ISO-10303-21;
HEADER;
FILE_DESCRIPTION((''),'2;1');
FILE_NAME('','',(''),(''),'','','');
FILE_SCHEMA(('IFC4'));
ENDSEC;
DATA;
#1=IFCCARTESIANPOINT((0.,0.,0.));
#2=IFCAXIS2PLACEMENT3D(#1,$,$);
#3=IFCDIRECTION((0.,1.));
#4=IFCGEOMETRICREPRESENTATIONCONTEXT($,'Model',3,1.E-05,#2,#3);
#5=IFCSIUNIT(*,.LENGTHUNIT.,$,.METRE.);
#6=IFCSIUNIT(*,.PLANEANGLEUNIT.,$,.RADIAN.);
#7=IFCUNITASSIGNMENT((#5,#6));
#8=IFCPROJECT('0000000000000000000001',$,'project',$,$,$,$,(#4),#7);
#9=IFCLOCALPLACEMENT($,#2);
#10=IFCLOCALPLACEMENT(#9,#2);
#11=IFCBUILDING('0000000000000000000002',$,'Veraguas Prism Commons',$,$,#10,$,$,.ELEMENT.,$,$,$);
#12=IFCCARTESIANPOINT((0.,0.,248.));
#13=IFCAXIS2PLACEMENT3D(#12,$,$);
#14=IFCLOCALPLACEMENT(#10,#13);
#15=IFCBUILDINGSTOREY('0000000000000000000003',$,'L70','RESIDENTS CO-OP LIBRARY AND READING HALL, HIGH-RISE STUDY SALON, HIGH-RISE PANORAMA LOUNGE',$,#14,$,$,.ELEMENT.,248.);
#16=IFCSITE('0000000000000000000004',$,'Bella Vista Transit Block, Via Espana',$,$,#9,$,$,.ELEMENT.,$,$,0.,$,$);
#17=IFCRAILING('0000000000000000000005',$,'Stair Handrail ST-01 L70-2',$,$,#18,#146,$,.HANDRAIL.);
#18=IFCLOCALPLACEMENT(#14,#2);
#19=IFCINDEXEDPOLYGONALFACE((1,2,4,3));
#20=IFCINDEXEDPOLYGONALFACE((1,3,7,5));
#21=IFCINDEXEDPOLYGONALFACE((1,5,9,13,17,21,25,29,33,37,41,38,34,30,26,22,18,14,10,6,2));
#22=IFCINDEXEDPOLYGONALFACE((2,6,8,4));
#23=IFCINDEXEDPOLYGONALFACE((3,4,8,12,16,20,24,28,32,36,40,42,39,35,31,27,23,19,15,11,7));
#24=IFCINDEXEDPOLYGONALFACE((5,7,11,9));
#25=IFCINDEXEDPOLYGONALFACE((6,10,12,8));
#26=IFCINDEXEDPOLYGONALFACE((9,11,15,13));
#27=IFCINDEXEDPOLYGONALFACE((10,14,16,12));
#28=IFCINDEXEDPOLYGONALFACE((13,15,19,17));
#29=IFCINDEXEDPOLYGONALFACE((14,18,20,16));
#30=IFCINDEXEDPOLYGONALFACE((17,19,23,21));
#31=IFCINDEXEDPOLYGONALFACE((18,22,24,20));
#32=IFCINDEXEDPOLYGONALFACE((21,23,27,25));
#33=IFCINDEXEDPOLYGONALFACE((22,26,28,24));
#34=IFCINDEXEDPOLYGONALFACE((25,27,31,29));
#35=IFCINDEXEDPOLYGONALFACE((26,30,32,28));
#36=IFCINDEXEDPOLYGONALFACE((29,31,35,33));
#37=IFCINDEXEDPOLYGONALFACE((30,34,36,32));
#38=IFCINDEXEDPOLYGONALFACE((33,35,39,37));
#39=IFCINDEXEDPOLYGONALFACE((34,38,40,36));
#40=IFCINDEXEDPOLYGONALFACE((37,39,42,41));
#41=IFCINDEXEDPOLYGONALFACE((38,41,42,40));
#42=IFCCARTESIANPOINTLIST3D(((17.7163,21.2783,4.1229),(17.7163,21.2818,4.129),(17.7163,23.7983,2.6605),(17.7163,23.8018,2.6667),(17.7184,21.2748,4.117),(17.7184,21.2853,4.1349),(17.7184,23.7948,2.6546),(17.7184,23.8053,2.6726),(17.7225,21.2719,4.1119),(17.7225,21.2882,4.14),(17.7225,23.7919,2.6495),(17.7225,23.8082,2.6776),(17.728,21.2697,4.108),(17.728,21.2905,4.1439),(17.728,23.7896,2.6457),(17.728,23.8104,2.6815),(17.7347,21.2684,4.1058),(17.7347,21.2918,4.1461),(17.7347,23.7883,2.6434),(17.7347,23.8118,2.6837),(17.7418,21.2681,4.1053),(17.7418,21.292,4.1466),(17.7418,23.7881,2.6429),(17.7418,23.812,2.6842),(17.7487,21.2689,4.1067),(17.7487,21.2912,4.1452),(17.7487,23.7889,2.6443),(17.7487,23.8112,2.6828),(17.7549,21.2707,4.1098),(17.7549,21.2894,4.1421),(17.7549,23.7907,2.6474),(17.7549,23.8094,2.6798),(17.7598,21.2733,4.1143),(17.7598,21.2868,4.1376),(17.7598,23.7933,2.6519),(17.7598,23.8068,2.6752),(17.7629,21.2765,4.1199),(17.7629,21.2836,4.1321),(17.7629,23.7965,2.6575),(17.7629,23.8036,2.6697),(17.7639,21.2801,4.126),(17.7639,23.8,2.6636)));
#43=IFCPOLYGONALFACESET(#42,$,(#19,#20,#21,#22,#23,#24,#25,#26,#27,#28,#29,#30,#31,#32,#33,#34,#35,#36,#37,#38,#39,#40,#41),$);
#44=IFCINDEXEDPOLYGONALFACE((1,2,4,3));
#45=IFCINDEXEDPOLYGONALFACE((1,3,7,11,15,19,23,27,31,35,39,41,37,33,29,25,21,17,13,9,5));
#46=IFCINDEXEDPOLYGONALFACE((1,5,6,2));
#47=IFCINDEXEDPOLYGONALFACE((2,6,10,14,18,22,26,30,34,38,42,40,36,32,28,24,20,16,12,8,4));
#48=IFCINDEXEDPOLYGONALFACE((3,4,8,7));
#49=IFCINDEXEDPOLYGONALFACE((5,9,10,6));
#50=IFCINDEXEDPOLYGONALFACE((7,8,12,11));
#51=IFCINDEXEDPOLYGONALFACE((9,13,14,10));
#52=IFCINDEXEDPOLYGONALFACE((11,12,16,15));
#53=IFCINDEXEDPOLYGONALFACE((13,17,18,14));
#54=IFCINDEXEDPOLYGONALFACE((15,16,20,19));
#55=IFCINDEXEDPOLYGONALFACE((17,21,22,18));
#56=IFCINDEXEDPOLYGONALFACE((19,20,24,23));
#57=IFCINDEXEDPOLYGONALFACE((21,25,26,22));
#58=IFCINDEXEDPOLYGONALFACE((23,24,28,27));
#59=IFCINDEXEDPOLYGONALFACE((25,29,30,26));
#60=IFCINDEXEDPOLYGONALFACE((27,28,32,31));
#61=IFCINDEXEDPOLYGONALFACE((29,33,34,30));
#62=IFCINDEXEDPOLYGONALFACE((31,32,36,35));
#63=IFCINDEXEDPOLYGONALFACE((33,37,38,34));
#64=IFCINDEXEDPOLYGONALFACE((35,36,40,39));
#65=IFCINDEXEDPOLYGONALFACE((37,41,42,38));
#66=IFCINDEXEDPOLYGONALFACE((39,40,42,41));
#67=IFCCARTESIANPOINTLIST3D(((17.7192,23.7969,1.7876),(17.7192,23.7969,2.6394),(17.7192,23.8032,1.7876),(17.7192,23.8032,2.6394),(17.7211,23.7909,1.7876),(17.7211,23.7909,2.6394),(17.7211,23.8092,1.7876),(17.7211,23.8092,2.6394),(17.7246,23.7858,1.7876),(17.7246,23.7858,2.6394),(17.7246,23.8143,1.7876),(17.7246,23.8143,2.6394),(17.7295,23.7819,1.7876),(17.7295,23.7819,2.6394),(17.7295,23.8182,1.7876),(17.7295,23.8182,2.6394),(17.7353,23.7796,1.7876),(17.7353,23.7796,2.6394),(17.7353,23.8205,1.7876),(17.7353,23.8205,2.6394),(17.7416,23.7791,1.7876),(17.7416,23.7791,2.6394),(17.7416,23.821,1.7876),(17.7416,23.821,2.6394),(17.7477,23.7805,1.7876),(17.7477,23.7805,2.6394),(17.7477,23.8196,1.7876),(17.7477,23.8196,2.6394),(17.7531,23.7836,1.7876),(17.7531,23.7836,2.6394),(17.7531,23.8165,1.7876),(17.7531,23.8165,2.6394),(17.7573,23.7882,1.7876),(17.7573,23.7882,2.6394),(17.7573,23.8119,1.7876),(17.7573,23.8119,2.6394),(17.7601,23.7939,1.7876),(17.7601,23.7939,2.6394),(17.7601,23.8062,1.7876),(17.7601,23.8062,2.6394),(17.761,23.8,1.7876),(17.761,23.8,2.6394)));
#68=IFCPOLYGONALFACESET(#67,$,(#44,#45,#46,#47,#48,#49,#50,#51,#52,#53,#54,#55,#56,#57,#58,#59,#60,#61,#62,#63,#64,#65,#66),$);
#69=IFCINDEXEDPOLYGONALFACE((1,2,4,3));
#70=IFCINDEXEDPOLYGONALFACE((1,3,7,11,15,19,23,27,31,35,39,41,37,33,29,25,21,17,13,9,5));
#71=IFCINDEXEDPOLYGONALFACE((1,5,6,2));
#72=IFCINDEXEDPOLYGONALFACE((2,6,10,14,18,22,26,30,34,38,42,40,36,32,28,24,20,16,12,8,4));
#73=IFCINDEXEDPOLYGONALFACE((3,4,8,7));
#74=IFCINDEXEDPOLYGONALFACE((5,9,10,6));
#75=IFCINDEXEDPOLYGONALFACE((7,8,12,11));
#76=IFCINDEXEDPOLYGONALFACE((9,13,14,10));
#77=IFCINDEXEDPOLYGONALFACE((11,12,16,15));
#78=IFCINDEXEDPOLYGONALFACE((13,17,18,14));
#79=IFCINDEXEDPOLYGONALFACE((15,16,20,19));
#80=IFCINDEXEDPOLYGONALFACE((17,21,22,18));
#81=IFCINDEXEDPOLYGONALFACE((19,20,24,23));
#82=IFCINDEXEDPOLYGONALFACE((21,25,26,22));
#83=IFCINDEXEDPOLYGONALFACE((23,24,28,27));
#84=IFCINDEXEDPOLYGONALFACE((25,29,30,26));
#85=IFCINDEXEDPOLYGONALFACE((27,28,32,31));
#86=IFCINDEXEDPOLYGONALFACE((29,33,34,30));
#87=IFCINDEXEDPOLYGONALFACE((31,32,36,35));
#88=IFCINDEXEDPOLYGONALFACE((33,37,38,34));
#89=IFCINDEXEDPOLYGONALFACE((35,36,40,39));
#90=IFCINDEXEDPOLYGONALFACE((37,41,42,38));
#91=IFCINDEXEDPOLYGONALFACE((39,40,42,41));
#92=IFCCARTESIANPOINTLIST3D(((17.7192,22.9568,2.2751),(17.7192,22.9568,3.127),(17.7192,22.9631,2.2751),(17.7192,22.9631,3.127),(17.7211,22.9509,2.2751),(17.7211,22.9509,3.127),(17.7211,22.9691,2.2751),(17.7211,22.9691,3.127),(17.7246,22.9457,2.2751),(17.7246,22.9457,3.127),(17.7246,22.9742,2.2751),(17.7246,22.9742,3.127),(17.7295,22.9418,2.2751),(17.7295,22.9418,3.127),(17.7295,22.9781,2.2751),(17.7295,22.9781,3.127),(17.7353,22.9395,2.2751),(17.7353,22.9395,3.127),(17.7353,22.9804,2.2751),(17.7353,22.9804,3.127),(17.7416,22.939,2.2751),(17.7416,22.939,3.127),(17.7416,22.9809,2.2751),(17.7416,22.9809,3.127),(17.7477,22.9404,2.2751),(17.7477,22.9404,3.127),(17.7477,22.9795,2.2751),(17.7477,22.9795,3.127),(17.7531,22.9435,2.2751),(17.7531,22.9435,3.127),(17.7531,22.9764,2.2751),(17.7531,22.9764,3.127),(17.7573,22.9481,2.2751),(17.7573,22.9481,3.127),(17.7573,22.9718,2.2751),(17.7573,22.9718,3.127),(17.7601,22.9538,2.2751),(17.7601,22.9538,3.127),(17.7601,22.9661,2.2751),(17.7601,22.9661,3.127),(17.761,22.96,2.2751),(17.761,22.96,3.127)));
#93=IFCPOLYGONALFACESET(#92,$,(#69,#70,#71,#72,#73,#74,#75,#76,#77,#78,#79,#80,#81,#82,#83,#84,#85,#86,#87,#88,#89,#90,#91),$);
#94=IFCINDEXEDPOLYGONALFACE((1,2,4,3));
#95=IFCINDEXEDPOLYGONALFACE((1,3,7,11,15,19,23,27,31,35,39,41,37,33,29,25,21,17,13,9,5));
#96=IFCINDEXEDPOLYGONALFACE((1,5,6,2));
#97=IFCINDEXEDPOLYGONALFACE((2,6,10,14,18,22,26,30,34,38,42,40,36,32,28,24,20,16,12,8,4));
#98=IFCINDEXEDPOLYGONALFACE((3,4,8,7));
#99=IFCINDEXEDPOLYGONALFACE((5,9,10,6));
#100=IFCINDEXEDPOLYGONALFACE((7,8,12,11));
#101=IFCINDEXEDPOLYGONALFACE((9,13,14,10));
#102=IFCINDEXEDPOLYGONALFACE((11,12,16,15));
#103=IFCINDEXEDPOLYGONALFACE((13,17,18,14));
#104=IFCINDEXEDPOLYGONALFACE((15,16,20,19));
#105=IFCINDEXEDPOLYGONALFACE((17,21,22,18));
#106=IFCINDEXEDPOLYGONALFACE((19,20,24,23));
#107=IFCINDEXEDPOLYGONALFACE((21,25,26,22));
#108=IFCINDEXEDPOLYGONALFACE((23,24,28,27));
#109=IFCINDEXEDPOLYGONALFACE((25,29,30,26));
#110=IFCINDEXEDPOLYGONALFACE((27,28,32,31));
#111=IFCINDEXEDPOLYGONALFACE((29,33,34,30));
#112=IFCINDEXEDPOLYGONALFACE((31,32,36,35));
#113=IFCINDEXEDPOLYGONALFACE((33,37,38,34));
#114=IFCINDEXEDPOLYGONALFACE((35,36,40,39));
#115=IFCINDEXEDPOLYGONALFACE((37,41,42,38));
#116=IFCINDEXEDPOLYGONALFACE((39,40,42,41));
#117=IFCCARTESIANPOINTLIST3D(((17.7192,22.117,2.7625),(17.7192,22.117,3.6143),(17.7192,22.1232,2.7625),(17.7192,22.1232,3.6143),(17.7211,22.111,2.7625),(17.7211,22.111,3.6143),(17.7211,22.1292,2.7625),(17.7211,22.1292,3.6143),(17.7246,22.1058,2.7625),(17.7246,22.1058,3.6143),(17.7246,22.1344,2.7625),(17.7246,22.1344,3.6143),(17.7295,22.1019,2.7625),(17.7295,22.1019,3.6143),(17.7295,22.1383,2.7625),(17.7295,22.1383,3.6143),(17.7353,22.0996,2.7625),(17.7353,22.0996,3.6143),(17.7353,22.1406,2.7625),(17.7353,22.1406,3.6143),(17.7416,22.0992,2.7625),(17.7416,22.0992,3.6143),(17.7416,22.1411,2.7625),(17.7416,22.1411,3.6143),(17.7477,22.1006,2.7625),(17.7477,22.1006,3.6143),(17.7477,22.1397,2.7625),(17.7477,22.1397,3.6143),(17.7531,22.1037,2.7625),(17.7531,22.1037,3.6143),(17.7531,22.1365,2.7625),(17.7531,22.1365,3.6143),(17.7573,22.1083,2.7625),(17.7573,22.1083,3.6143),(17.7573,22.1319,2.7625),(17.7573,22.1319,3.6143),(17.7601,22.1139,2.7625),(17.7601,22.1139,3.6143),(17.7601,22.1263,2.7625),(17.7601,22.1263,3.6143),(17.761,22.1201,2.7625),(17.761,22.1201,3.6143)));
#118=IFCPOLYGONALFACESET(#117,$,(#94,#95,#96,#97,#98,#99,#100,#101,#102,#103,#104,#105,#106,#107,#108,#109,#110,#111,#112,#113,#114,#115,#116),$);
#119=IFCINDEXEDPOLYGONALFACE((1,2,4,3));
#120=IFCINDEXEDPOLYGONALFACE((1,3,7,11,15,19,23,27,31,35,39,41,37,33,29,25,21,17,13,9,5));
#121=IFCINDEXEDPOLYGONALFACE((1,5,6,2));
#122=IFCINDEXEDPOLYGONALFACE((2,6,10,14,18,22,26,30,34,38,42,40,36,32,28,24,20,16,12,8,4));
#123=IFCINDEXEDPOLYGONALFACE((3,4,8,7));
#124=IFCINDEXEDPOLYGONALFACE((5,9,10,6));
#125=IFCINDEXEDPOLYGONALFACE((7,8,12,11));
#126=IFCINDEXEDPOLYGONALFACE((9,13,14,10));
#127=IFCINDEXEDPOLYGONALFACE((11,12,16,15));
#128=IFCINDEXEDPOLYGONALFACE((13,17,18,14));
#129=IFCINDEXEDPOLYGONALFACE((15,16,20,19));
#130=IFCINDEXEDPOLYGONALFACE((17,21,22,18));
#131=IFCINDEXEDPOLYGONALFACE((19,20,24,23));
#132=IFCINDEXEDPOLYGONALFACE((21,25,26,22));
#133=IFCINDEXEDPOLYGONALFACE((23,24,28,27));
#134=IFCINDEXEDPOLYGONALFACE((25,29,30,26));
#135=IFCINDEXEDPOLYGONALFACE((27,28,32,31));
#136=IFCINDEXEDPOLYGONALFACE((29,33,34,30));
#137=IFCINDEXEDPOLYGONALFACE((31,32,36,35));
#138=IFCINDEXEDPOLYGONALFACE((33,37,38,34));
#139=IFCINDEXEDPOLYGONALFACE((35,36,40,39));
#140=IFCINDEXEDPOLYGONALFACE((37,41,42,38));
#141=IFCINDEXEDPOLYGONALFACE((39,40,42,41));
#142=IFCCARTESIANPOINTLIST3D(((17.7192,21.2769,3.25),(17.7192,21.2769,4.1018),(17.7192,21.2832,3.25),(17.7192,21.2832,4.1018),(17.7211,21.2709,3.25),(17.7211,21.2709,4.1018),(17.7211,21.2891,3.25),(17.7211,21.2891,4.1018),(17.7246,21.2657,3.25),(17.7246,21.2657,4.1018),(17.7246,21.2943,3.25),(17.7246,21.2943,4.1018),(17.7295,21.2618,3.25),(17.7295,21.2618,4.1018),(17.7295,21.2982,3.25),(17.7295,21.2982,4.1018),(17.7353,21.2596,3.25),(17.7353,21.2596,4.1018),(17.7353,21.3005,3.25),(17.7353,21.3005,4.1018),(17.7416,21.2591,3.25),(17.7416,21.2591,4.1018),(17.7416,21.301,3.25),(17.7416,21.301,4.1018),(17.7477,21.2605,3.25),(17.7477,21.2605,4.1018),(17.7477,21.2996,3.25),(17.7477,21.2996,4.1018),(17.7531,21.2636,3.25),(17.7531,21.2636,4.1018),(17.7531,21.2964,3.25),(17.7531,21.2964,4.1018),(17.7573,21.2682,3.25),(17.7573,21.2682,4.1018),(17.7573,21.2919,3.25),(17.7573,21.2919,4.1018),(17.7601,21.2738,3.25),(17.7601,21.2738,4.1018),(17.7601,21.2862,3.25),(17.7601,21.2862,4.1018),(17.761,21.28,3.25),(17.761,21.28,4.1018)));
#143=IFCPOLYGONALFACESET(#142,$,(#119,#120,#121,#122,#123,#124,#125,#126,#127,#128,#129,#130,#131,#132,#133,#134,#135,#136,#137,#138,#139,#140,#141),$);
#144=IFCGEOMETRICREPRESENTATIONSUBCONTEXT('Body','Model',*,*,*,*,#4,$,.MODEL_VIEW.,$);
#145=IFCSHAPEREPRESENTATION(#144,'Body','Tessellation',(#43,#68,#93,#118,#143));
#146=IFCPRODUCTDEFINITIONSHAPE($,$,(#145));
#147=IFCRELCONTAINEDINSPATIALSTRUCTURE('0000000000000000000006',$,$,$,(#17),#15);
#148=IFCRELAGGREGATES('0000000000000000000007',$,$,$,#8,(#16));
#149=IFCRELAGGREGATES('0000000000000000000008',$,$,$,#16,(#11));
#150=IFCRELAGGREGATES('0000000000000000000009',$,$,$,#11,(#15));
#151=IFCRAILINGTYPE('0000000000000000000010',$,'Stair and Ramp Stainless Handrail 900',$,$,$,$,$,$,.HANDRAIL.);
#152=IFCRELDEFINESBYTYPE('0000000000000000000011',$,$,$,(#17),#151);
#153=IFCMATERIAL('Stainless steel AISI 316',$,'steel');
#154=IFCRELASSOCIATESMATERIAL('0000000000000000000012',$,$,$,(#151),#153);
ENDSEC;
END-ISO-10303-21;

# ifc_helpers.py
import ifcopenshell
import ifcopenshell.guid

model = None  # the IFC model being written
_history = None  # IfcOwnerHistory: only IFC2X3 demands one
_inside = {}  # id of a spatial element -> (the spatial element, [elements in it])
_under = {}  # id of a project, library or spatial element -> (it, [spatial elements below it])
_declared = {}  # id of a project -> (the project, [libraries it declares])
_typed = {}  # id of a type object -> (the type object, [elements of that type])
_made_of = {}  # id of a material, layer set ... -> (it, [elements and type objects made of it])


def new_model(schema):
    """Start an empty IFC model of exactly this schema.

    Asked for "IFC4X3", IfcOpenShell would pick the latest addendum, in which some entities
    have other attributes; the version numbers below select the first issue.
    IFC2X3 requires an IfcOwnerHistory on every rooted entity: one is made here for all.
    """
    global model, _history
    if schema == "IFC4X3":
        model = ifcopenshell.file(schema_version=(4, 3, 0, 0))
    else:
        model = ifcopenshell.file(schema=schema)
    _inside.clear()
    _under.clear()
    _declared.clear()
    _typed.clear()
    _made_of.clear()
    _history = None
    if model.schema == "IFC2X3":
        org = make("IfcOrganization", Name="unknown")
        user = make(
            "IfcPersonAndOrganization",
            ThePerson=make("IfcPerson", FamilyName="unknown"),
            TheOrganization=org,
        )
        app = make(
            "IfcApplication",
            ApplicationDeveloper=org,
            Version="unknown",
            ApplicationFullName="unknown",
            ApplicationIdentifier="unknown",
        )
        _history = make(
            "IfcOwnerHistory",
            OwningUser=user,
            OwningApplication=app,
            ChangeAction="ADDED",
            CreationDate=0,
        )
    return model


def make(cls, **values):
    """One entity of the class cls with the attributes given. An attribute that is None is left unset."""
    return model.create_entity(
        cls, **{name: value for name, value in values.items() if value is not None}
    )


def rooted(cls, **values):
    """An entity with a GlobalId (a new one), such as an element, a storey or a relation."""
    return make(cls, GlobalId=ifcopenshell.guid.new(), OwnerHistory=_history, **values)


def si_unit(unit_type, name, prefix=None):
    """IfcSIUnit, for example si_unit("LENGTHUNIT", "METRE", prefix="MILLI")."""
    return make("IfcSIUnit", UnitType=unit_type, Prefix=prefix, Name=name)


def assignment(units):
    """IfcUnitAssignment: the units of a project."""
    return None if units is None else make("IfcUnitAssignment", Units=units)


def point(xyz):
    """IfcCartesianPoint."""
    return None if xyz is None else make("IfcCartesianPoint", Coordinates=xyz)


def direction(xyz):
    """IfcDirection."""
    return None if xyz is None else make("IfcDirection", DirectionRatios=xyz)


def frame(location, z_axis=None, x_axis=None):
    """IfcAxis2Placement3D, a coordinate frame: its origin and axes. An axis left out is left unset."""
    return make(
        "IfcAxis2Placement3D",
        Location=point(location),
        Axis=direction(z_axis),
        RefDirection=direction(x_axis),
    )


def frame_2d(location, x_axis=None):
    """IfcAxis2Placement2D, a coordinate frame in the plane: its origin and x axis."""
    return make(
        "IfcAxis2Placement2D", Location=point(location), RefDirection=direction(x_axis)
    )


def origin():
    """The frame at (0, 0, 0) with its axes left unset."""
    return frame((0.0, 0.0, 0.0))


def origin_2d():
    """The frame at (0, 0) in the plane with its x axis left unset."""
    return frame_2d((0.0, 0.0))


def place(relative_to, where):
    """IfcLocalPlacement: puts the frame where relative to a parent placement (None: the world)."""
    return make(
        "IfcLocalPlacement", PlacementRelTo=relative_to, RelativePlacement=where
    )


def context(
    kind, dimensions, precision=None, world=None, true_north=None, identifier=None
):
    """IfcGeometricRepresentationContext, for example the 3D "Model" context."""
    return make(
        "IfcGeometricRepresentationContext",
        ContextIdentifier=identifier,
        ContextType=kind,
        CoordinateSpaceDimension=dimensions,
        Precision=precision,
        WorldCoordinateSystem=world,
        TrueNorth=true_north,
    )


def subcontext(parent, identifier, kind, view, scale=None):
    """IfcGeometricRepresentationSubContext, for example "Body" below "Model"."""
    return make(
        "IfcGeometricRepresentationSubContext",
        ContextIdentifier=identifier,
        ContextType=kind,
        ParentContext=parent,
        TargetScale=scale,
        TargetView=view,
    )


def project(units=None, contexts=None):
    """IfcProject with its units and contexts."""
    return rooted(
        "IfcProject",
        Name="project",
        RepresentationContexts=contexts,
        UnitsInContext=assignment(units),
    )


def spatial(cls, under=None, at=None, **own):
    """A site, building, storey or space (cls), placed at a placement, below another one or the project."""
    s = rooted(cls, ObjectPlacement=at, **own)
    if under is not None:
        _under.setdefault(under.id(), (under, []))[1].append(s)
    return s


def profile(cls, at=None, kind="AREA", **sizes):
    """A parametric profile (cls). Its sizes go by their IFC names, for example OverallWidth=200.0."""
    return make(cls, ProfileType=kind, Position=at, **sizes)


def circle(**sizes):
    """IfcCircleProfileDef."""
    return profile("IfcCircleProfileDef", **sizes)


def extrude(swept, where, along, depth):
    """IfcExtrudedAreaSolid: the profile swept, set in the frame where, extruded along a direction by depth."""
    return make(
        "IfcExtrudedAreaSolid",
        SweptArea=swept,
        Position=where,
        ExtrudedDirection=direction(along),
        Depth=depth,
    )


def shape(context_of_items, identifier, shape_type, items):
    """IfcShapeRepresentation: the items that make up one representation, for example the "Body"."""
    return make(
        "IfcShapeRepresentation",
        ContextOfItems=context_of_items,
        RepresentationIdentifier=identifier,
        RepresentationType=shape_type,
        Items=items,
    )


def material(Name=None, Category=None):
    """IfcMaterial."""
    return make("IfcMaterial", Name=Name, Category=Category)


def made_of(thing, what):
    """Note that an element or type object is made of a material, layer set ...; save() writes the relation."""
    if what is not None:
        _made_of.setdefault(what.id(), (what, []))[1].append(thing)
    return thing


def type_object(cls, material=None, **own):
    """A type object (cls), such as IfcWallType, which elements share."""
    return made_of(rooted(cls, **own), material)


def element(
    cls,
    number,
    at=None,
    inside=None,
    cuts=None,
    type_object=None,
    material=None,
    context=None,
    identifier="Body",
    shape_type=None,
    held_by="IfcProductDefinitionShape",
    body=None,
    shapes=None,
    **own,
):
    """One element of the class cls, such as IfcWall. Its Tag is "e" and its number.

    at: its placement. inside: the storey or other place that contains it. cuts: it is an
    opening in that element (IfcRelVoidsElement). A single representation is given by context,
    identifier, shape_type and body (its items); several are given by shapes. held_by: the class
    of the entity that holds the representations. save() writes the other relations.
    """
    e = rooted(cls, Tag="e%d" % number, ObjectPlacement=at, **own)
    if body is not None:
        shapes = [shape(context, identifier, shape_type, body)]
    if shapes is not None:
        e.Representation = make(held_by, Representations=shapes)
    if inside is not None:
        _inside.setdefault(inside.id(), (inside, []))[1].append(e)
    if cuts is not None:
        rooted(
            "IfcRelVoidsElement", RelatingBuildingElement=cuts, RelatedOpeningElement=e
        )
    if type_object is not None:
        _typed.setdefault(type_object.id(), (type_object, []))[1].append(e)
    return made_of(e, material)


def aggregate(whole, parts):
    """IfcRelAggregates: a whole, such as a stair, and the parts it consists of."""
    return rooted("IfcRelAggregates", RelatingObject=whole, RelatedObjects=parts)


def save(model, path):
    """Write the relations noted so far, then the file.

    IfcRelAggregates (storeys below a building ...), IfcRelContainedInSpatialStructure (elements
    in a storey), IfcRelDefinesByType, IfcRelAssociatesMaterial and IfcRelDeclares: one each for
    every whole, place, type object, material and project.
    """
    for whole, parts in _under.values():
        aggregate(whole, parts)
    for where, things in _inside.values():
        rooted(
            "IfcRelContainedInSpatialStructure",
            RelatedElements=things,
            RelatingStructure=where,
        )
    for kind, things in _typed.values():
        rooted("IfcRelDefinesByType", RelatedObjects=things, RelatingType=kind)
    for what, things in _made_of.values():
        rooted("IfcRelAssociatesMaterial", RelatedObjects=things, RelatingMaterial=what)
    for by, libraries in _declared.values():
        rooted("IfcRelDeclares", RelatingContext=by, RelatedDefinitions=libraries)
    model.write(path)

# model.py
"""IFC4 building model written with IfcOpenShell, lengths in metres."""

from ifc_helpers import new_model, si_unit, direction, frame, origin, origin_2d, place, context, subcontext, project, spatial, circle, extrude, material, type_object, element, save


model = new_model("IFC4")

# Units and contexts
model_context = context("Model", 3, precision=1e-05, world=origin(), true_north=direction((0.0, 1.0)))
body_context = subcontext(model_context, "Body", "Model", "MODEL_VIEW")
ifc_project = project(units=[si_unit("LENGTHUNIT", "METRE"), si_unit("PLANEANGLEUNIT", "RADIAN")], contexts=[model_context])

# Site, building, storey
site_placement = place(None, origin())
site = spatial("IfcSite", under=ifc_project, at=site_placement, Name="Bella Vista Transit Block, Via Espana", CompositionType="ELEMENT", RefElevation=0.0)
building_placement = place(site_placement, origin())
building = spatial("IfcBuilding", under=site, at=building_placement, Name="Veraguas Prism Commons", CompositionType="ELEMENT")
storey_placement = place(building_placement, frame((0.0, 0.0, 248.0)))
storey = spatial("IfcBuildingStorey", under=building, at=storey_placement, Name="L70", Description="RESIDENTS CO-OP LIBRARY AND READING HALL, HIGH-RISE STUDY SALON, HIGH-RISE PANORAMA LOUNGE", CompositionType="ELEMENT", Elevation=248.0)

# Shared definitions
ifc_material_1 = material(Name="Stainless steel AISI 316", Category="steel")

# Railing
railing_type_1 = type_object("IfcRailingType", Name="Stair and Ramp Stainless Handrail 900", PredefinedType="HANDRAIL", material=ifc_material_1)
railing_1_placement = place(storey_placement, frame((17.74, 23.8, 1.7876)))
element("IfcRailing", 1, at=railing_1_placement, inside=storey, type_object=railing_type_1, Name="Stair Handrail ST-01 L70-2", PredefinedType="HANDRAIL", context=body_context, shape_type="SweptSolid", body=[
    extrude(circle(Radius=0.0239, at=origin_2d()), frame((0.0, 0.0, 0.876), z_axis=(0.0, -0.864913, 0.501921), x_axis=(1.0, 0.0, 0.0)), (0.0, 0.0, 1.0), 2.9136),
    extrude(circle(Radius=0.021, at=origin_2d()), origin(), (0.0, 0.0, 1.0), 0.8518),
    extrude(circle(Radius=0.021, at=origin_2d()), frame((0.0, -0.8401, 0.4875)), (0.0, 0.0, 1.0), 0.8518),
    extrude(circle(Radius=0.021, at=origin_2d()), frame((0.0, -1.6799, 0.9749)), (0.0, 0.0, 1.0), 0.8518),
    extrude(circle(Radius=0.021, at=origin_2d()), frame((0.0, -2.52, 1.4624)), (0.0, 0.0, 1.0), 0.8518),
])

save(model, "model.ifc")
